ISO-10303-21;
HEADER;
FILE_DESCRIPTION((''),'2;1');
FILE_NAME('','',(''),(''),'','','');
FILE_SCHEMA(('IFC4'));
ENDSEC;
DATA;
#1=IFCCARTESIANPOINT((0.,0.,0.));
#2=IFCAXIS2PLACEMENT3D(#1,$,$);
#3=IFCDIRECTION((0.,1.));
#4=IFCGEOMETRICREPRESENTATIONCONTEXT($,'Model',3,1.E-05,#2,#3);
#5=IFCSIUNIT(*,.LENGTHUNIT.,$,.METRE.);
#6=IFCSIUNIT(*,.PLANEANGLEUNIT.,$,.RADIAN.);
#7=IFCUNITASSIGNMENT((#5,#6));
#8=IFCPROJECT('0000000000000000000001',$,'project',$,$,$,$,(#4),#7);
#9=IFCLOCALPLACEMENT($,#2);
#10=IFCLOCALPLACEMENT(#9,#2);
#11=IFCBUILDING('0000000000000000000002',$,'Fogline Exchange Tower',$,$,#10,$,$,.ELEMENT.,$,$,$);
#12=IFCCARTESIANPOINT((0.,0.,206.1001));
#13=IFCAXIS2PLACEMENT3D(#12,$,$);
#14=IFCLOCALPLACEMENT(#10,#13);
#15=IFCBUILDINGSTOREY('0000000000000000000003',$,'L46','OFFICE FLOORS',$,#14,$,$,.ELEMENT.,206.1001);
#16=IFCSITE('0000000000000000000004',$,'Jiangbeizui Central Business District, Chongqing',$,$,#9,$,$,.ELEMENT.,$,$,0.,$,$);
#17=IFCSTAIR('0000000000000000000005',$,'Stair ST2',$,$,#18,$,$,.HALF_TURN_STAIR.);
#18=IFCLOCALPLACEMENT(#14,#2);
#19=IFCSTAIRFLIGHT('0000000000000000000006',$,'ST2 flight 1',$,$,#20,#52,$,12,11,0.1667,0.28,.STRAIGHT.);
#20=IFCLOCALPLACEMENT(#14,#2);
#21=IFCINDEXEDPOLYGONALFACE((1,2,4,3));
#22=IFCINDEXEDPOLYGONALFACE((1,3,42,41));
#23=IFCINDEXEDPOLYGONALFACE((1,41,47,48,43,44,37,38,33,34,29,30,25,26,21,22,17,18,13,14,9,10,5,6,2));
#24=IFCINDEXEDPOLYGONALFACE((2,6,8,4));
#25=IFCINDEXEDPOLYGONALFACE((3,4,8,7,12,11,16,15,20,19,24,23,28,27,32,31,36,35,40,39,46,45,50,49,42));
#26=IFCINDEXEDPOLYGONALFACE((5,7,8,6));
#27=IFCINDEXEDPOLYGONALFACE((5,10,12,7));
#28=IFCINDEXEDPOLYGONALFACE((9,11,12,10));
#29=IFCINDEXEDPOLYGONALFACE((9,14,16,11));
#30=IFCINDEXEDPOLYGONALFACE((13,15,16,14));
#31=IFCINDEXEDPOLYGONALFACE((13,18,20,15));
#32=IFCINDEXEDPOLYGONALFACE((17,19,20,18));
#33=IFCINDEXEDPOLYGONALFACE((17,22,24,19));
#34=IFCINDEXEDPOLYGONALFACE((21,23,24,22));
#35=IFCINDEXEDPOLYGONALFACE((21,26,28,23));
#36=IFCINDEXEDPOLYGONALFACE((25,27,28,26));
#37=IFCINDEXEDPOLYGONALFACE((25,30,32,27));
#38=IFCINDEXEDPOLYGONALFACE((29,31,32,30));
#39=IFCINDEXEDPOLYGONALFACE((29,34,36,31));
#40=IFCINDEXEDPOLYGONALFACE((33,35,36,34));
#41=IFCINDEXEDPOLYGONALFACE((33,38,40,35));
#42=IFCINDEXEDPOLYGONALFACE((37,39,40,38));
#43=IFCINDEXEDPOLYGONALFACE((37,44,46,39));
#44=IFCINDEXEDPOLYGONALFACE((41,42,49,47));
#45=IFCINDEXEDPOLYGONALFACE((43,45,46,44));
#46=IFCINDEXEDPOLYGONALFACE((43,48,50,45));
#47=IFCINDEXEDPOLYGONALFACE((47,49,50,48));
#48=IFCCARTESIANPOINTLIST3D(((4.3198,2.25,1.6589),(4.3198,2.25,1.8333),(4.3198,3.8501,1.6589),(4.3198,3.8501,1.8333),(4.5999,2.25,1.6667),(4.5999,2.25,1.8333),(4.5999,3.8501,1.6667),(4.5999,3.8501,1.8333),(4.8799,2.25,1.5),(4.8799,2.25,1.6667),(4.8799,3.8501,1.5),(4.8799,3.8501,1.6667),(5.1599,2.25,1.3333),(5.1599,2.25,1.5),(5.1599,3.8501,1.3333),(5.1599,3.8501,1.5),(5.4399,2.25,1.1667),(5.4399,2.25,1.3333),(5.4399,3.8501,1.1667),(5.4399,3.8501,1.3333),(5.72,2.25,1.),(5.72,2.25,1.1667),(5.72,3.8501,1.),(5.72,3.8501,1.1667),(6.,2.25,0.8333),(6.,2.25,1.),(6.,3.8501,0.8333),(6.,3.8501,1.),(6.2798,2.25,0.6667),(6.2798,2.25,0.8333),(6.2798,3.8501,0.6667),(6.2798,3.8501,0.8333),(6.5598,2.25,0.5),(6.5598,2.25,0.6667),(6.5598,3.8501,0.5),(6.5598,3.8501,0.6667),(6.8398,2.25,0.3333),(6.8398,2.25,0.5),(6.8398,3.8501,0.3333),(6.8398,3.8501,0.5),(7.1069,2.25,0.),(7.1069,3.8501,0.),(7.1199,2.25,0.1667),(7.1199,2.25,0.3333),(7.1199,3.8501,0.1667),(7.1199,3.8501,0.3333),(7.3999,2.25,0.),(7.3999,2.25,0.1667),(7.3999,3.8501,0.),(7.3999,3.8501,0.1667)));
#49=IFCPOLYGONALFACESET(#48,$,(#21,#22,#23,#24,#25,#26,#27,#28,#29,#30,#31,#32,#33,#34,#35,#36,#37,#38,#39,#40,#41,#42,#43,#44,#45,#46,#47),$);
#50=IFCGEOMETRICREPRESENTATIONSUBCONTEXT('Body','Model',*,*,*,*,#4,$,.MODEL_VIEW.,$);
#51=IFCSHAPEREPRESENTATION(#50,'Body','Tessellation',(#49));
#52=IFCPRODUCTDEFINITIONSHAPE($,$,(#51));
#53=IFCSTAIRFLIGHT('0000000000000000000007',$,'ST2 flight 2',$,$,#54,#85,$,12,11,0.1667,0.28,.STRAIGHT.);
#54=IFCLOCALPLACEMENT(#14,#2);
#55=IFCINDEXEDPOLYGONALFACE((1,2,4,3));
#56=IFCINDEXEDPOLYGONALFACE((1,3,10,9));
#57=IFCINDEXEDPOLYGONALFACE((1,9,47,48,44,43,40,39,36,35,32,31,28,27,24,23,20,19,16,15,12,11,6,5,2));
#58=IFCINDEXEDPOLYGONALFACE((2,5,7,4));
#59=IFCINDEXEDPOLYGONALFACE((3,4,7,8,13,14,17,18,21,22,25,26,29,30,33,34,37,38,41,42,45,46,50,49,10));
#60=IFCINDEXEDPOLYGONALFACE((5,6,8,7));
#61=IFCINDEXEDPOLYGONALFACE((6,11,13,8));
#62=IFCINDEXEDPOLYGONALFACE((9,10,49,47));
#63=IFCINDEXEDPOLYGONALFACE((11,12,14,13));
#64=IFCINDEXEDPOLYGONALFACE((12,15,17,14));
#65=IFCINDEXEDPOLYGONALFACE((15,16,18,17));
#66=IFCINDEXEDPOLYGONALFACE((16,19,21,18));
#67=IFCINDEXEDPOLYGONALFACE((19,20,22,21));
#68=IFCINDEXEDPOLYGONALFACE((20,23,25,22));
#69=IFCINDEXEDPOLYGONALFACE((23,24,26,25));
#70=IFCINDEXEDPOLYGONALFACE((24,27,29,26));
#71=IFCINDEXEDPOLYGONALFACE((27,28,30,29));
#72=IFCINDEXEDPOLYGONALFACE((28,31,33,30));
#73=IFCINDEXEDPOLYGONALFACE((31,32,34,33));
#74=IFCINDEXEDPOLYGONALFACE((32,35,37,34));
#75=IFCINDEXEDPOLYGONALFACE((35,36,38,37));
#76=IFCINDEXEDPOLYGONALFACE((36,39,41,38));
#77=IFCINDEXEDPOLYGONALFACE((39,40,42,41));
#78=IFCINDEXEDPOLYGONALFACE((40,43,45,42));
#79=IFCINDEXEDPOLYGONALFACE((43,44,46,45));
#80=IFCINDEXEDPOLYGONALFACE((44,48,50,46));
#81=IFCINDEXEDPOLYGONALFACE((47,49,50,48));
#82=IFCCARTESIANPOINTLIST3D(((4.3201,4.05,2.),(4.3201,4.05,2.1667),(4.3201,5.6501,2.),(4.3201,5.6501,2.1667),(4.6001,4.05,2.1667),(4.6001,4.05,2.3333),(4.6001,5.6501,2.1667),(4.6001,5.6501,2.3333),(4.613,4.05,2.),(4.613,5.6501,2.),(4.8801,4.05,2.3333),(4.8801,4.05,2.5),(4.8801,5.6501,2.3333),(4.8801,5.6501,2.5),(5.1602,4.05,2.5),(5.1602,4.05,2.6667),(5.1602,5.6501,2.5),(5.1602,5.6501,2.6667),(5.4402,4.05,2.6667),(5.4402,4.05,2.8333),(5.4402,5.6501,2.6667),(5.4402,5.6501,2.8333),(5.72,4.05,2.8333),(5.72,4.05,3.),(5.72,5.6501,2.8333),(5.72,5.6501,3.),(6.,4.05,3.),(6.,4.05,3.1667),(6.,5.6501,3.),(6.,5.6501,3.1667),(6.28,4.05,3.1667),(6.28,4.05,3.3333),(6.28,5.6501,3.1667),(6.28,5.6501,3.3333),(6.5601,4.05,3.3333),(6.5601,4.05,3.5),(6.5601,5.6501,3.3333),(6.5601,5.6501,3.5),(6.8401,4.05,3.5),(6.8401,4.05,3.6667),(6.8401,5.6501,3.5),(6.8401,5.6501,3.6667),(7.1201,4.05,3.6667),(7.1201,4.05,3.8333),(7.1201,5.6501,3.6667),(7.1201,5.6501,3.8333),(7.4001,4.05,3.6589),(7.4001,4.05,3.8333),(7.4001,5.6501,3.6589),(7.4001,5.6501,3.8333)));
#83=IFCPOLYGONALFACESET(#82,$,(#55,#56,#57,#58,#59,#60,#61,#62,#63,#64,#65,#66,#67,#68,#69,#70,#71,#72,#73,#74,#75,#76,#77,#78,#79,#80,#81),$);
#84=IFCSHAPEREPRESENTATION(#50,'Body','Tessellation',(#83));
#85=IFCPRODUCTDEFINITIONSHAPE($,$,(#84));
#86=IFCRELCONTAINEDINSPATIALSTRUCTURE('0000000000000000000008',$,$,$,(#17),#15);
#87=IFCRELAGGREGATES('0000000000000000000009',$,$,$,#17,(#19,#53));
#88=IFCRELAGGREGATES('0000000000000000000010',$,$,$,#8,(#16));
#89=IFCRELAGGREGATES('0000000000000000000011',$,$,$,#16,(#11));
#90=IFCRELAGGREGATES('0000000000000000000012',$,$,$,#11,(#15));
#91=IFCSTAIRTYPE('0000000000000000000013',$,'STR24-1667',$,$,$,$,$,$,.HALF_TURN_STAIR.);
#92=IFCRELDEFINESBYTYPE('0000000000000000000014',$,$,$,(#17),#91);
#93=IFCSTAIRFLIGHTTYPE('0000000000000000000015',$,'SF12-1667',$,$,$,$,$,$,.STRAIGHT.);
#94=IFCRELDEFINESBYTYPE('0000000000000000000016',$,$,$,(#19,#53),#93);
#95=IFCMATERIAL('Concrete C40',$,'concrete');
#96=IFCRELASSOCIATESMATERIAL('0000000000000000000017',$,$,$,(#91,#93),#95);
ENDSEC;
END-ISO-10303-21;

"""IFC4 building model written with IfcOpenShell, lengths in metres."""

from ifc_helpers import new_model, si_unit, direction, frame, origin, place, context, subcontext, project, spatial, polyline, outline, extrude, material, type_object, element, aggregate, save


model = new_model("IFC4")

# Units and contexts
model_context = context("Model", 3, precision=1e-05, world=origin(), true_north=direction((0.0, 1.0)))
body_context = subcontext(model_context, "Body", "Model", "MODEL_VIEW")
ifc_project = project(units=[si_unit("LENGTHUNIT", "METRE"), si_unit("PLANEANGLEUNIT", "RADIAN")], contexts=[model_context])

# Site, building, storey
site_placement = place(None, origin())
site = spatial("IfcSite", under=ifc_project, at=site_placement, Name="Jiangbeizui Central Business District, Chongqing", CompositionType="ELEMENT", RefElevation=0.0)
building_placement = place(site_placement, origin())
building = spatial("IfcBuilding", under=site, at=building_placement, Name="Fogline Exchange Tower", CompositionType="ELEMENT")
storey_placement = place(building_placement, frame((0.0, 0.0, 206.1001)))
storey = spatial("IfcBuildingStorey", under=building, at=storey_placement, Name="L46", Description="OFFICE FLOORS", CompositionType="ELEMENT", Elevation=206.1001)

# Shared definitions
ifc_material_1 = material(Name="Concrete C40", Category="concrete")

# Stair
stair_type = type_object("IfcStairType", Name="STR24-1667", PredefinedType="HALF_TURN_STAIR", material=ifc_material_1)
stair_1_placement = place(storey_placement, origin())
stair_1 = element("IfcStair", 1, at=stair_1_placement, inside=storey, type_object=stair_type, Name="Stair ST2", PredefinedType="HALF_TURN_STAIR")

# Stair flights
stair_flight_type = type_object("IfcStairFlightType", Name="SF12-1667", PredefinedType="STRAIGHT", material=ifc_material_1)
stair_flight_1_placement = place(storey_placement, frame((7.3999, 3.05, 0.0), z_axis=(0.0, 0.0, 1.0), x_axis=(-1.0, 0.0, 0.0)))
stair_flight_1 = element("IfcStairFlight", 2, at=stair_flight_1_placement, type_object=stair_flight_type, Name="ST2 flight 1", NumberOfRisers=12, NumberOfTreads=11, PredefinedType="STRAIGHT", RiserHeight=0.1667, TreadLength=0.28, context=body_context, shape_type="SweptSolid", body=[
    extrude(outline(polyline([(0.0, 0.0), (0.0, 0.1667), (0.28, 0.1667), (0.28, 0.3333), (0.5601, 0.3333), (0.5601, 0.5), (0.8401, 0.5), (0.8401, 0.6667), (1.1201, 0.6667), (1.1201, 0.8333), (1.3999, 0.8333), (1.3999, 1.0), (1.6799, 1.0), (1.6799, 1.1667), (1.96, 1.1667), (1.96, 1.3333), (2.24, 1.3333), (2.24, 1.5), (2.52, 1.5), (2.52, 1.6667), (2.8, 1.6667), (2.8, 1.8333), (3.0801, 1.8333), (3.0801, 2.0), (3.0801, 1.6589), (0.293, 0.0), (0.0, 0.0)])), frame((0.0, 0.8, 0.0), z_axis=(0.0, -1.0, 0.0), x_axis=(1.0, 0.0, 0.0)), (0.0, 0.0, 1.0), 1.6001),
])
stair_flight_2_placement = place(storey_placement, frame((4.3201, 4.8501, 2.0), z_axis=(0.0, 0.0, 1.0), x_axis=(1.0, 0.0, 0.0)))
stair_flight_2 = element("IfcStairFlight", 3, at=stair_flight_2_placement, type_object=stair_flight_type, Name="ST2 flight 2", NumberOfRisers=12, NumberOfTreads=11, PredefinedType="STRAIGHT", RiserHeight=0.1667, TreadLength=0.28, context=body_context, shape_type="SweptSolid", body=[
    extrude(outline(polyline([(0.0, 0.0), (0.0, 0.1667), (0.28, 0.1667), (0.28, 0.3333), (0.5601, 0.3333), (0.5601, 0.5), (0.8401, 0.5), (0.8401, 0.6667), (1.1201, 0.6667), (1.1201, 0.8333), (1.3999, 0.8333), (1.3999, 1.0), (1.6799, 1.0), (1.6799, 1.1667), (1.96, 1.1667), (1.96, 1.3333), (2.24, 1.3333), (2.24, 1.5), (2.52, 1.5), (2.52, 1.6667), (2.8, 1.6667), (2.8, 1.8333), (3.0801, 1.8333), (3.0801, 2.0), (3.0801, 1.6589), (0.293, 0.0), (0.0, 0.0)])), frame((0.0, 0.8, 0.0), z_axis=(0.0, -1.0, 0.0), x_axis=(1.0, 0.0, 0.0)), (0.0, 0.0, 1.0), 1.6001),
])
aggregate(stair_1, [stair_flight_1, stair_flight_2])

save(model, "model.ifc")
